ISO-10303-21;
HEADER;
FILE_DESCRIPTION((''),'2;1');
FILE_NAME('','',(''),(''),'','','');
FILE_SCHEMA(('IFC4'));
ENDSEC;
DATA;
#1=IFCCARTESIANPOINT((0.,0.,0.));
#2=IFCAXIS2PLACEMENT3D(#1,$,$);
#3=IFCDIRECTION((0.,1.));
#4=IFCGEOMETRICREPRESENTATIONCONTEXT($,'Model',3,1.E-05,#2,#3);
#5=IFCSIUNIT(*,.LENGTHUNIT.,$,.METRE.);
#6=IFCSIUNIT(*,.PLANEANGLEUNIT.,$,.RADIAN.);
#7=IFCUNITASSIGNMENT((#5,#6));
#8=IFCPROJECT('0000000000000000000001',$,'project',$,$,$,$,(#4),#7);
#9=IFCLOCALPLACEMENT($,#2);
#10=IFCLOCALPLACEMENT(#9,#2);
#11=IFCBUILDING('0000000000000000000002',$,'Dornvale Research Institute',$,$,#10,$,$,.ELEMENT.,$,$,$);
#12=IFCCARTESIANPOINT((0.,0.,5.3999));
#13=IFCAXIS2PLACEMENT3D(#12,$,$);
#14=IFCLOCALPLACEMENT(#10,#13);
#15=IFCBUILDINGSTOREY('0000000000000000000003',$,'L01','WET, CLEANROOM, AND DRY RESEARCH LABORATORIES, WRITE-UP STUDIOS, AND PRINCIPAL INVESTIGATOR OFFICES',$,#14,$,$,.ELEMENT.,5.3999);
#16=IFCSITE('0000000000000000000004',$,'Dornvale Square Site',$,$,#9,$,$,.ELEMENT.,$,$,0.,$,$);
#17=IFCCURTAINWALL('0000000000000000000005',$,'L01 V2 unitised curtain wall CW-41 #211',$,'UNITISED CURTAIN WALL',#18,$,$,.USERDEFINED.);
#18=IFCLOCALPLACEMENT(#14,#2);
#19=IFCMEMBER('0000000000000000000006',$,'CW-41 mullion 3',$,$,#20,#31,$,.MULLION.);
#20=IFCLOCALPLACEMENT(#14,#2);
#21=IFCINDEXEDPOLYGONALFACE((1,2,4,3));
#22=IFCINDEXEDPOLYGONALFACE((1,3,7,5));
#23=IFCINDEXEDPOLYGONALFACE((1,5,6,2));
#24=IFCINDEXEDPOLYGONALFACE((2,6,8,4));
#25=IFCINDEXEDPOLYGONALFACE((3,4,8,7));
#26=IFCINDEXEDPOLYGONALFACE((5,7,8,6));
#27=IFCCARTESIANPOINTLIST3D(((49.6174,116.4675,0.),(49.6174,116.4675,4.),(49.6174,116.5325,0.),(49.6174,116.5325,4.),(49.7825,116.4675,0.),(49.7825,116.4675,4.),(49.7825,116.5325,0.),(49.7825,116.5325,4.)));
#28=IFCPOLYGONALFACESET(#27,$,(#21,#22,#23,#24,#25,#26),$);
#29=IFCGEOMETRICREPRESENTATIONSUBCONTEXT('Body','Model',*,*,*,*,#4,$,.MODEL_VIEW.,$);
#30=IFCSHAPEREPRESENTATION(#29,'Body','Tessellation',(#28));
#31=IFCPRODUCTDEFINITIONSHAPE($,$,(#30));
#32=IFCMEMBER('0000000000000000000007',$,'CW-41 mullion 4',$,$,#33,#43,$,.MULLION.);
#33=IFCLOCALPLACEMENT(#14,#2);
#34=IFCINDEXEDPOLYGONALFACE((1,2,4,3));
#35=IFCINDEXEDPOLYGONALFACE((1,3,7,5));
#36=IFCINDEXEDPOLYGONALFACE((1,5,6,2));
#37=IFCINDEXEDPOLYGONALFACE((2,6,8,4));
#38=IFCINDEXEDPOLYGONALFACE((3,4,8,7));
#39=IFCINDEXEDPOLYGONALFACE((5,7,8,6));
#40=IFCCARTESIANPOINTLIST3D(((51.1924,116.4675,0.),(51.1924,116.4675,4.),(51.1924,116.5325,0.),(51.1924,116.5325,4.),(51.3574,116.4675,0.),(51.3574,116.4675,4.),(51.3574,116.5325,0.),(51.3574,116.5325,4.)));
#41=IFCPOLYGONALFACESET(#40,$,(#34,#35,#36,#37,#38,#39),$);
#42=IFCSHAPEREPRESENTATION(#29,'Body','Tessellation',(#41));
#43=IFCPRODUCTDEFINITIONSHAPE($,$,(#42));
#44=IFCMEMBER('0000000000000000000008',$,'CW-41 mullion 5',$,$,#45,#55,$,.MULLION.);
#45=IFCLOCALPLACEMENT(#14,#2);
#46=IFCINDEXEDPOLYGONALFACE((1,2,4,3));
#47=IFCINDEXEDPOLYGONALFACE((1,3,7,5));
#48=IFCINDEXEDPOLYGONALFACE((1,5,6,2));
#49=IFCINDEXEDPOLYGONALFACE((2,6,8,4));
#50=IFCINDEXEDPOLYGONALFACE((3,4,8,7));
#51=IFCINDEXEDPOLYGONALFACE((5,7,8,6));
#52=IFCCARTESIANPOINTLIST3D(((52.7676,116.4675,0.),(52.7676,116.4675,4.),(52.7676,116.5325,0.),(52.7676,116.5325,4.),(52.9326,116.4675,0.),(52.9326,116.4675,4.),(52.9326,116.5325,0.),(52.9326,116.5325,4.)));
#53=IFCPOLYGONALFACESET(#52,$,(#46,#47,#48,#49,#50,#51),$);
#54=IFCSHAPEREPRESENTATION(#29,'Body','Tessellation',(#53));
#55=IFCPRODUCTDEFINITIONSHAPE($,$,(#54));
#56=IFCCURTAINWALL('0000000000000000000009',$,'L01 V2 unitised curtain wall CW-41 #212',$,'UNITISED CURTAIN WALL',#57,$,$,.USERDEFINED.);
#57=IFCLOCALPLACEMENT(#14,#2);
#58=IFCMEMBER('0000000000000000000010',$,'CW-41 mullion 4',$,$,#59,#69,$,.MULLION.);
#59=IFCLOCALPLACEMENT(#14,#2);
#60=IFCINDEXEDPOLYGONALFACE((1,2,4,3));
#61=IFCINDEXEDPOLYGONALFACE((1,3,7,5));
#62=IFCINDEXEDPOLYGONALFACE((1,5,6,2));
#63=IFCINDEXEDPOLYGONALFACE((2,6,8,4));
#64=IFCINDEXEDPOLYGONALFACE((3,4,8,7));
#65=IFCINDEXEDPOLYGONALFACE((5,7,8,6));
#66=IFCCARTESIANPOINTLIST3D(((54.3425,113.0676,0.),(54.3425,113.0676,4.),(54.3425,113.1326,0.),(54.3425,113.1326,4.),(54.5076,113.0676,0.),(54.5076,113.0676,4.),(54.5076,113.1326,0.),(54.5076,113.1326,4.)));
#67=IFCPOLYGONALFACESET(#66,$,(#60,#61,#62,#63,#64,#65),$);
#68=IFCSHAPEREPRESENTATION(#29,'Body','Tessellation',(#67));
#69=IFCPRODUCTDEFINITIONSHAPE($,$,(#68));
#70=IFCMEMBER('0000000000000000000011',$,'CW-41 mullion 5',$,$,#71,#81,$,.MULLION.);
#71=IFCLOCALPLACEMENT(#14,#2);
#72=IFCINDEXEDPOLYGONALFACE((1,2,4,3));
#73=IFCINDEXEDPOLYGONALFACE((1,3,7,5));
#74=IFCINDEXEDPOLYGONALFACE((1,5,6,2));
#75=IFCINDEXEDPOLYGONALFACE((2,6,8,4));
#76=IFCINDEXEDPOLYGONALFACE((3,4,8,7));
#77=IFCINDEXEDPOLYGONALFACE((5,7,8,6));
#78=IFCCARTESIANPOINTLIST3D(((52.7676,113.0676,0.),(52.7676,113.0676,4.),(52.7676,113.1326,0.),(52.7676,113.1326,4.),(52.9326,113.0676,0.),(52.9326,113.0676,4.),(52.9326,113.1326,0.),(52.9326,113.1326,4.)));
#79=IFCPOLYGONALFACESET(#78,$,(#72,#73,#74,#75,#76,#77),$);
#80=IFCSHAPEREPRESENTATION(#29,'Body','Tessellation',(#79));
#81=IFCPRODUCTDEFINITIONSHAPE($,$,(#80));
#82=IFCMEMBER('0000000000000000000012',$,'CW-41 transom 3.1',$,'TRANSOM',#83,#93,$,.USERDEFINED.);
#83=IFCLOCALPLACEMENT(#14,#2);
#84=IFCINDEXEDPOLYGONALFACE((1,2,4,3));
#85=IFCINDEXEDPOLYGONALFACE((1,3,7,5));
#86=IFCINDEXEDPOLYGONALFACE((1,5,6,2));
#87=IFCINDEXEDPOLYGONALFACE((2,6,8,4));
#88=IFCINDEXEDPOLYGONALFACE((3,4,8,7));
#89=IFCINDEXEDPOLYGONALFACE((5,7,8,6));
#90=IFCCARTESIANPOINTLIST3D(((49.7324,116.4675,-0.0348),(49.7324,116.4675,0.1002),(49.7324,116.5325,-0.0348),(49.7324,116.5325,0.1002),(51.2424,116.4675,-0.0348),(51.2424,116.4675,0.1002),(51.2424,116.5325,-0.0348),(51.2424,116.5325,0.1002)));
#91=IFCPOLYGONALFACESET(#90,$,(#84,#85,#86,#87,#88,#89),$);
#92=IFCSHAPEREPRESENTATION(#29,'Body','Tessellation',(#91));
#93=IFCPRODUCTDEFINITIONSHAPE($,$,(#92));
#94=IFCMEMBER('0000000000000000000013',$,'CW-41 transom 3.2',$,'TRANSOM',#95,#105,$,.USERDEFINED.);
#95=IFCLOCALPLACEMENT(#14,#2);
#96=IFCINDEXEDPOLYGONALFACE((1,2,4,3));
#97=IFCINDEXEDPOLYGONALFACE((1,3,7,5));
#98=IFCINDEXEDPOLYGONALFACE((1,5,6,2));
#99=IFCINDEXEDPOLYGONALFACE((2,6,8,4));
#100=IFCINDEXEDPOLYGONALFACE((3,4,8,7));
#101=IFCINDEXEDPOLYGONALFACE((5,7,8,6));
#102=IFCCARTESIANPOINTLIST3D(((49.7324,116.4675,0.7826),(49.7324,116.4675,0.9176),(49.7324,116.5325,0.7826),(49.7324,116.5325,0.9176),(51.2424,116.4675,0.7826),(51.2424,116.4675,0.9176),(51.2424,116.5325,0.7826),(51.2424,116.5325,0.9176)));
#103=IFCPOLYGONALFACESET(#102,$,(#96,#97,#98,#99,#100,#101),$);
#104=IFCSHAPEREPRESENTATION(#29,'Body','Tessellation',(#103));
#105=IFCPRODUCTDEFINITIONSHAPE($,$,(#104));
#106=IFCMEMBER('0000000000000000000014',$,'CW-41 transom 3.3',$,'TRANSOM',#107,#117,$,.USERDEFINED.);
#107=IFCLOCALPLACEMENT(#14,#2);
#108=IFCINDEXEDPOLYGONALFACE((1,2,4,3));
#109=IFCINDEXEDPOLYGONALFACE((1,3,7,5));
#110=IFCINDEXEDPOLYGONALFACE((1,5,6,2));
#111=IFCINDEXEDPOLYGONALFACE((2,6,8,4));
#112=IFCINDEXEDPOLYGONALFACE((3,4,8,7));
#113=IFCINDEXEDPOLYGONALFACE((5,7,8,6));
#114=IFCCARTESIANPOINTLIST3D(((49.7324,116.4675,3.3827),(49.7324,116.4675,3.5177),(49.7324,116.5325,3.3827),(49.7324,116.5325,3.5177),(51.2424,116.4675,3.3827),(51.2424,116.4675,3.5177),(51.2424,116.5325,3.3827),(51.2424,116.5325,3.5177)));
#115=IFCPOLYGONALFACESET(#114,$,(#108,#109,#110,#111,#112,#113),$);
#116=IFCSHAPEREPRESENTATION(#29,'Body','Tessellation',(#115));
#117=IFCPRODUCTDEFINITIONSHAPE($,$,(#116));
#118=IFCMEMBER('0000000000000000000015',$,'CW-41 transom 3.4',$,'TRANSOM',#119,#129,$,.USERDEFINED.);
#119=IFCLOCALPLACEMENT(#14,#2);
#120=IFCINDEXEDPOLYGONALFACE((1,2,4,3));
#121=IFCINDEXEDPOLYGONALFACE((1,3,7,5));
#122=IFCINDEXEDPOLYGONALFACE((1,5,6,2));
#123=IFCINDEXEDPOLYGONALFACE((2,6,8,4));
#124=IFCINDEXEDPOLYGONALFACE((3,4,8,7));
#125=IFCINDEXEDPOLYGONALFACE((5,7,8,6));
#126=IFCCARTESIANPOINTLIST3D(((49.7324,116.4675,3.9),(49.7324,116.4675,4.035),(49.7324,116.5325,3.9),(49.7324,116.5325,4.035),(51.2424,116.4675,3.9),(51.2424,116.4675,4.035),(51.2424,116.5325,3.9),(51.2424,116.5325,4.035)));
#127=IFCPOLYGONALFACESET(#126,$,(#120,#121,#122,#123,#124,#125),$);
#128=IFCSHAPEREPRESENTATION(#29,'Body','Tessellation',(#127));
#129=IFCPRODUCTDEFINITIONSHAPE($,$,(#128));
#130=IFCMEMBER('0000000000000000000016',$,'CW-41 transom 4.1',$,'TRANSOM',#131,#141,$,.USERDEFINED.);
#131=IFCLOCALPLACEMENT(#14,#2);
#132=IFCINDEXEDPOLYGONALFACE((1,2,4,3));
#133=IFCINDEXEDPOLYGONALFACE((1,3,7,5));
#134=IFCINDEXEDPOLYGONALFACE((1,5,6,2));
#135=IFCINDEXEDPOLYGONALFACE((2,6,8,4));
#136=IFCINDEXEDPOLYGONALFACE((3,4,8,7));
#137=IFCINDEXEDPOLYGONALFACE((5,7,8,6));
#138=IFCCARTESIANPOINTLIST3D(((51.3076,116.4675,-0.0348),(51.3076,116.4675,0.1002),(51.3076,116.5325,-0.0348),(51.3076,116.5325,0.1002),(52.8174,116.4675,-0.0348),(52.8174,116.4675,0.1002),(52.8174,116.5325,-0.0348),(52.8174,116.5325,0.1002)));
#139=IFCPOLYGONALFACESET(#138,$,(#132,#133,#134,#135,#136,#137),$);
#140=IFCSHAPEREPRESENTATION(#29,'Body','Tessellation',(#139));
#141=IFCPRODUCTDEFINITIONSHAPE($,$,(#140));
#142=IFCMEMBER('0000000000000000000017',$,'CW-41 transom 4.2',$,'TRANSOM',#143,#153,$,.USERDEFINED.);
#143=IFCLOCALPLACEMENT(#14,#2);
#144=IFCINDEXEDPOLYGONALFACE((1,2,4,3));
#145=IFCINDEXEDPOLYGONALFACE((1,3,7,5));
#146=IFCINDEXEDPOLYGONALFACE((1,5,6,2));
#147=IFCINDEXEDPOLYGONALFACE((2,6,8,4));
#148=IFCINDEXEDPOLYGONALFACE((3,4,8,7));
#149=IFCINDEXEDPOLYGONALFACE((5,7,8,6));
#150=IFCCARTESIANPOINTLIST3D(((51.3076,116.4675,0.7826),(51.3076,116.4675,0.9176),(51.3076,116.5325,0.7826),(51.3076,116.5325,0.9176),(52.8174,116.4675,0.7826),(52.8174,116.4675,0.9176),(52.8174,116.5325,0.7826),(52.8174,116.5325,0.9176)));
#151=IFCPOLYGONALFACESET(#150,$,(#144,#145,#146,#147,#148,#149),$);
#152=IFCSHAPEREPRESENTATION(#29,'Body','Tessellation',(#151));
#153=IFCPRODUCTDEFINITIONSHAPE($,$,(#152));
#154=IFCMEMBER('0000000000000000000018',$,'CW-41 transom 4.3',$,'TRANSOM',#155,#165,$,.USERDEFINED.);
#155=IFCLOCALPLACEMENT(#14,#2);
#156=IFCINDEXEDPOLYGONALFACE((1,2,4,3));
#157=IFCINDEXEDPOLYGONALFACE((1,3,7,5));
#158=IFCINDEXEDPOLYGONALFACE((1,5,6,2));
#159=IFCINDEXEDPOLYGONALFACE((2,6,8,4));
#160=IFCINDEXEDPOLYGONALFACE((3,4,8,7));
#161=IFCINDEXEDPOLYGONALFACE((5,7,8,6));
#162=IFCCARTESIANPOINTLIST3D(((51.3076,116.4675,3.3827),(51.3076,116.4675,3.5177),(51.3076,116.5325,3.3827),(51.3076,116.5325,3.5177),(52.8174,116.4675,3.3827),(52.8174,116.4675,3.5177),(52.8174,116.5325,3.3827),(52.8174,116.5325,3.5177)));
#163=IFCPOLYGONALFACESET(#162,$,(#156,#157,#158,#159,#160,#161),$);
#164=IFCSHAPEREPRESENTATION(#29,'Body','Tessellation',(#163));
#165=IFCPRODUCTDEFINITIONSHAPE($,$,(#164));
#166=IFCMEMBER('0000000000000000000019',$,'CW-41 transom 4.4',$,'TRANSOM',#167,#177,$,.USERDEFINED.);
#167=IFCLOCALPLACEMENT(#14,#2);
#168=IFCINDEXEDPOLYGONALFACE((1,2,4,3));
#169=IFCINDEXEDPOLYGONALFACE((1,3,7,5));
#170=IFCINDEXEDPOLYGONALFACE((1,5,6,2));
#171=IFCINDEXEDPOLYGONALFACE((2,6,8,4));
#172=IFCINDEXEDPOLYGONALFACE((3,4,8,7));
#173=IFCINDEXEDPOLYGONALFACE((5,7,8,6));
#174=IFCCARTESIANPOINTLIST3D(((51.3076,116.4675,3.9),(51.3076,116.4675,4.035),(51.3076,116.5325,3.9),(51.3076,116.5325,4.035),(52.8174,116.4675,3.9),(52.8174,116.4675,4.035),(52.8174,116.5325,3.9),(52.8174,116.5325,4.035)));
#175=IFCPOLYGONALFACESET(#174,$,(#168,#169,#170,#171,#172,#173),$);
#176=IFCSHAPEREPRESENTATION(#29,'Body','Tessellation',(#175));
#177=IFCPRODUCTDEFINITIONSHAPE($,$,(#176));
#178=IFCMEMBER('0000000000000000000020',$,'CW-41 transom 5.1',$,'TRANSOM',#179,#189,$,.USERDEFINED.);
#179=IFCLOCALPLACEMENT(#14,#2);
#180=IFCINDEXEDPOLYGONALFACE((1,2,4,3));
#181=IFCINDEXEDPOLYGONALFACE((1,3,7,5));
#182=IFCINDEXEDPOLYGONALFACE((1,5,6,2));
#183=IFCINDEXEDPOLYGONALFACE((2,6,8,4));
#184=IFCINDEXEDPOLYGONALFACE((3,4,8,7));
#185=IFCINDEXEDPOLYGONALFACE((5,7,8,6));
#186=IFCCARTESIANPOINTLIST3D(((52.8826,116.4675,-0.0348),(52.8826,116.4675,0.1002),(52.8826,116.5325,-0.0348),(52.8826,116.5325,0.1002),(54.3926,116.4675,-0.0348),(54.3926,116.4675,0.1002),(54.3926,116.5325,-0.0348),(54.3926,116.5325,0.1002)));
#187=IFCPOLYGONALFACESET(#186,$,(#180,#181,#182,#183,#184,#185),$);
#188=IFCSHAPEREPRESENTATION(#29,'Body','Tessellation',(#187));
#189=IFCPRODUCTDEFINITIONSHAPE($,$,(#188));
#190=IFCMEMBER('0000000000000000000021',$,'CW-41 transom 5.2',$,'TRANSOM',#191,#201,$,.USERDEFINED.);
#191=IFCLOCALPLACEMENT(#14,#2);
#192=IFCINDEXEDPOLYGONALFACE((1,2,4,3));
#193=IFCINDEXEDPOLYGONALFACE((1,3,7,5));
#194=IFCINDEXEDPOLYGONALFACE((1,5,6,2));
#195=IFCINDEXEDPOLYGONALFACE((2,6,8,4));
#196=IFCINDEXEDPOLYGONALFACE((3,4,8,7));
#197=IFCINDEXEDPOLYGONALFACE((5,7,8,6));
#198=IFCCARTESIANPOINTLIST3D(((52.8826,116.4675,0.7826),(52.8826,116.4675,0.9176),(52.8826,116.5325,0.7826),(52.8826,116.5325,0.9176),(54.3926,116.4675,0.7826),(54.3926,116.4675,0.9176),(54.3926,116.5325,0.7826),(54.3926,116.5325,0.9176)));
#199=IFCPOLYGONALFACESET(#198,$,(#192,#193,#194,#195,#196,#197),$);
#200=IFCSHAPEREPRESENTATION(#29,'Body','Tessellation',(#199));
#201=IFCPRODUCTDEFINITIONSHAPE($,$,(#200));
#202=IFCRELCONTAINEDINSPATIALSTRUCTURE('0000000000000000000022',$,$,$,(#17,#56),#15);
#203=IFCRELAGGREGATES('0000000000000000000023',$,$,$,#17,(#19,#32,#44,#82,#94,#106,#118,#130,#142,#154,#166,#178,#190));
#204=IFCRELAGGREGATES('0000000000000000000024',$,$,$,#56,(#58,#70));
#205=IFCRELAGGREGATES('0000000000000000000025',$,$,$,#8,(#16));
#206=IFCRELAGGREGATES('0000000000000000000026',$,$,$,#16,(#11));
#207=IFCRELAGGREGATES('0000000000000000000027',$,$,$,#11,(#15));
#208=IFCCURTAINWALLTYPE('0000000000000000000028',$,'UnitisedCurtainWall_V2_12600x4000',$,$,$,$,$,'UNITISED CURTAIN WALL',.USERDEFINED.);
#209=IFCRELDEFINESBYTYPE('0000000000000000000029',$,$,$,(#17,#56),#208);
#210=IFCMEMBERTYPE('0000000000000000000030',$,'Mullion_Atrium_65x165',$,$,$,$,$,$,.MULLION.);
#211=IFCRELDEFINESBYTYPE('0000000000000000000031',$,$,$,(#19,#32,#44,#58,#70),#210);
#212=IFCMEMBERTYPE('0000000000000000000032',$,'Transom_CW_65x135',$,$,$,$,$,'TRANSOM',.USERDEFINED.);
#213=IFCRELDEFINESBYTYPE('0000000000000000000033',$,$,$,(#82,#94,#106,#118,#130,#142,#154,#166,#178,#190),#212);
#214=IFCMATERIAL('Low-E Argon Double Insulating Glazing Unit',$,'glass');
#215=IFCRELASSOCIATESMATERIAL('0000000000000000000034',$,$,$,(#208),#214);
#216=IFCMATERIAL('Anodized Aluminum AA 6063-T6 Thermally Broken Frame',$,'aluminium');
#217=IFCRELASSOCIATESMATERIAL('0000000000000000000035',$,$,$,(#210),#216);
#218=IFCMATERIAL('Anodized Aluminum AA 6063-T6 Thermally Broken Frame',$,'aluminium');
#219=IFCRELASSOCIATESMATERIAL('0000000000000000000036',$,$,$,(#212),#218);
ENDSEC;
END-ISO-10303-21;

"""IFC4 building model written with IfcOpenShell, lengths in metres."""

from ifc_helpers import new_model, si_unit, direction, frame, origin, origin_2d, place, context, subcontext, project, spatial, rectangle, extrude, material, material_profile, profile_set, type_object, element, aggregate, save


model = new_model("IFC4")

# Units and contexts
model_context = context("Model", 3, precision=1e-05, world=origin(), true_north=direction((0.0, 1.0)))
body_context = subcontext(model_context, "Body", "Model", "MODEL_VIEW")
ifc_project = project(units=[si_unit("LENGTHUNIT", "METRE"), si_unit("PLANEANGLEUNIT", "RADIAN")], contexts=[model_context])

# Site, building, storey
site_placement = place(None, origin())
site = spatial("IfcSite", under=ifc_project, at=site_placement, Name="Dornvale Square Site", CompositionType="ELEMENT", RefElevation=0.0)
building_placement = place(site_placement, origin())
building = spatial("IfcBuilding", under=site, at=building_placement, Name="Dornvale Research Institute", CompositionType="ELEMENT")
storey_placement = place(building_placement, frame((0.0, 0.0, 5.3999)))
storey = spatial("IfcBuildingStorey", under=building, at=storey_placement, Name="L01", Description="WET, CLEANROOM, AND DRY RESEARCH LABORATORIES, WRITE-UP STUDIOS, AND PRINCIPAL INVESTIGATOR OFFICES", CompositionType="ELEMENT", Elevation=5.3999)

# Curtain walls, members
ifc_material_1 = material(Name="Low-E Argon Double Insulating Glazing Unit", Category="glass")
curtain_wall_type = type_object("IfcCurtainWallType", Name="UnitisedCurtainWall_V2_12600x4000", ElementType="UNITISED CURTAIN WALL", PredefinedType="USERDEFINED", material=ifc_material_1)
curtain_wall_1_placement = place(storey_placement, origin())
curtain_wall_1 = element("IfcCurtainWall", 1, at=curtain_wall_1_placement, inside=storey, type_object=curtain_wall_type, Name="L01 V2 unitised curtain wall CW-41 #211", ObjectType="UNITISED CURTAIN WALL", PredefinedType="USERDEFINED")
ifc_material_2 = material(Name="Anodized Aluminum AA 6063-T6 Thermally Broken Frame", Category="aluminium")
ifc_material_profile_1 = material_profile(ifc_material_2, rectangle(XDim=0.0649, YDim=0.165, at=origin_2d()), Name="ALU MULLION 65x165")
ifc_profile_set_1 = profile_set([ifc_material_profile_1], Name="Anodized Aluminum AA 6063-T6 Thermally Broken Frame")
member_type_1 = type_object("IfcMemberType", Name="Mullion_Atrium_65x165", PredefinedType="MULLION", material=ifc_profile_set_1)
member_1_placement = place(storey_placement, frame((49.7, 116.5, 0.0), z_axis=(0.0, 0.0, 1.0), x_axis=(0.0, 1.0, 0.0)))
member_1 = element("IfcMember", 2, at=member_1_placement, type_object=member_type_1, Name="CW-41 mullion 3", PredefinedType="MULLION", context=body_context, shape_type="SweptSolid", body=[
    extrude(rectangle(XDim=0.0649, YDim=0.165, at=origin_2d()), origin(), (0.0, 0.0, 1.0), 4.0),
])
member_2_placement = place(storey_placement, frame((51.2749, 116.5, 0.0), z_axis=(0.0, 0.0, 1.0), x_axis=(0.0, 1.0, 0.0)))
member_2 = element("IfcMember", 3, at=member_2_placement, type_object=member_type_1, Name="CW-41 mullion 4", PredefinedType="MULLION", context=body_context, shape_type="SweptSolid", body=[
    extrude(rectangle(XDim=0.0649, YDim=0.165, at=origin_2d()), origin(), (0.0, 0.0, 1.0), 4.0),
])
member_3_placement = place(storey_placement, frame((52.8501, 116.5, 0.0), z_axis=(0.0, 0.0, 1.0), x_axis=(0.0, 1.0, 0.0)))
member_3 = element("IfcMember", 4, at=member_3_placement, type_object=member_type_1, Name="CW-41 mullion 5", PredefinedType="MULLION", context=body_context, shape_type="SweptSolid", body=[
    extrude(rectangle(XDim=0.0649, YDim=0.165, at=origin_2d()), origin(), (0.0, 0.0, 1.0), 4.0),
])
curtain_wall_2_placement = place(storey_placement, origin())
curtain_wall_2 = element("IfcCurtainWall", 5, at=curtain_wall_2_placement, inside=storey, type_object=curtain_wall_type, Name="L01 V2 unitised curtain wall CW-41 #212", ObjectType="UNITISED CURTAIN WALL", PredefinedType="USERDEFINED")
member_4_placement = place(storey_placement, frame((54.425, 113.1001, 0.0), z_axis=(0.0, 0.0, 1.0), x_axis=(0.0, -1.0, 0.0)))
member_4 = element("IfcMember", 6, at=member_4_placement, type_object=member_type_1, Name="CW-41 mullion 4", PredefinedType="MULLION", context=body_context, shape_type="SweptSolid", body=[
    extrude(rectangle(XDim=0.0649, YDim=0.165, at=origin_2d()), origin(), (0.0, 0.0, 1.0), 4.0),
])
member_5_placement = place(storey_placement, frame((52.8501, 113.1001, 0.0), z_axis=(0.0, 0.0, 1.0), x_axis=(0.0, -1.0, 0.0)))
member_5 = element("IfcMember", 7, at=member_5_placement, type_object=member_type_1, Name="CW-41 mullion 5", PredefinedType="MULLION", context=body_context, shape_type="SweptSolid", body=[
    extrude(rectangle(XDim=0.0649, YDim=0.165, at=origin_2d()), origin(), (0.0, 0.0, 1.0), 4.0),
])

# Members
ifc_material_3 = material(Name="Anodized Aluminum AA 6063-T6 Thermally Broken Frame", Category="aluminium")
ifc_material_profile_2 = material_profile(ifc_material_3, rectangle(XDim=0.0649, YDim=0.135, at=origin_2d()), Name="ALU TRANSOM 65x135")
ifc_profile_set_2 = profile_set([ifc_material_profile_2], Name="Anodized Aluminum AA 6063-T6 Thermally Broken Frame")
member_type_2 = type_object("IfcMemberType", Name="Transom_CW_65x135", ElementType="TRANSOM", PredefinedType="USERDEFINED", material=ifc_profile_set_2)
member_6_placement = place(storey_placement, frame((49.7324, 116.5, 0.0327), z_axis=(1.0, 0.0, 0.0), x_axis=(0.0, 1.0, 0.0)))
member_6 = element("IfcMember", 8, at=member_6_placement, type_object=member_type_2, Name="CW-41 transom 3.1", ObjectType="TRANSOM", PredefinedType="USERDEFINED", context=body_context, shape_type="SweptSolid", body=[
    extrude(rectangle(XDim=0.0649, YDim=0.135, at=origin_2d()), origin(), (0.0, 0.0, 1.0), 1.51),
])
member_7_placement = place(storey_placement, frame((49.7324, 116.5, 0.8501), z_axis=(1.0, 0.0, 0.0), x_axis=(0.0, 1.0, 0.0)))
member_7 = element("IfcMember", 9, at=member_7_placement, type_object=member_type_2, Name="CW-41 transom 3.2", ObjectType="TRANSOM", PredefinedType="USERDEFINED", context=body_context, shape_type="SweptSolid", body=[
    extrude(rectangle(XDim=0.0649, YDim=0.135, at=origin_2d()), origin(), (0.0, 0.0, 1.0), 1.51),
])
member_8_placement = place(storey_placement, frame((49.7324, 116.5, 3.4502), z_axis=(1.0, 0.0, 0.0), x_axis=(0.0, 1.0, 0.0)))
member_8 = element("IfcMember", 10, at=member_8_placement, type_object=member_type_2, Name="CW-41 transom 3.3", ObjectType="TRANSOM", PredefinedType="USERDEFINED", context=body_context, shape_type="SweptSolid", body=[
    extrude(rectangle(XDim=0.0649, YDim=0.135, at=origin_2d()), origin(), (0.0, 0.0, 1.0), 1.51),
])
member_9_placement = place(storey_placement, frame((49.7324, 116.5, 3.9675), z_axis=(1.0, 0.0, 0.0), x_axis=(0.0, 1.0, 0.0)))
member_9 = element("IfcMember", 11, at=member_9_placement, type_object=member_type_2, Name="CW-41 transom 3.4", ObjectType="TRANSOM", PredefinedType="USERDEFINED", context=body_context, shape_type="SweptSolid", body=[
    extrude(rectangle(XDim=0.0649, YDim=0.135, at=origin_2d()), origin(), (0.0, 0.0, 1.0), 1.51),
])
member_10_placement = place(storey_placement, frame((51.3076, 116.5, 0.0327), z_axis=(1.0, 0.0, 0.0), x_axis=(0.0, 1.0, 0.0)))
member_10 = element("IfcMember", 12, at=member_10_placement, type_object=member_type_2, Name="CW-41 transom 4.1", ObjectType="TRANSOM", PredefinedType="USERDEFINED", context=body_context, shape_type="SweptSolid", body=[
    extrude(rectangle(XDim=0.0649, YDim=0.135, at=origin_2d()), origin(), (0.0, 0.0, 1.0), 1.5098),
])
member_11_placement = place(storey_placement, frame((51.3076, 116.5, 0.8501), z_axis=(1.0, 0.0, 0.0), x_axis=(0.0, 1.0, 0.0)))
member_11 = element("IfcMember", 13, at=member_11_placement, type_object=member_type_2, Name="CW-41 transom 4.2", ObjectType="TRANSOM", PredefinedType="USERDEFINED", context=body_context, shape_type="SweptSolid", body=[
    extrude(rectangle(XDim=0.0649, YDim=0.135, at=origin_2d()), origin(), (0.0, 0.0, 1.0), 1.5098),
])
member_12_placement = place(storey_placement, frame((51.3076, 116.5, 3.4502), z_axis=(1.0, 0.0, 0.0), x_axis=(0.0, 1.0, 0.0)))
member_12 = element("IfcMember", 14, at=member_12_placement, type_object=member_type_2, Name="CW-41 transom 4.3", ObjectType="TRANSOM", PredefinedType="USERDEFINED", context=body_context, shape_type="SweptSolid", body=[
    extrude(rectangle(XDim=0.0649, YDim=0.135, at=origin_2d()), origin(), (0.0, 0.0, 1.0), 1.5098),
])
member_13_placement = place(storey_placement, frame((51.3076, 116.5, 3.9675), z_axis=(1.0, 0.0, 0.0), x_axis=(0.0, 1.0, 0.0)))
member_13 = element("IfcMember", 15, at=member_13_placement, type_object=member_type_2, Name="CW-41 transom 4.4", ObjectType="TRANSOM", PredefinedType="USERDEFINED", context=body_context, shape_type="SweptSolid", body=[
    extrude(rectangle(XDim=0.0649, YDim=0.135, at=origin_2d()), origin(), (0.0, 0.0, 1.0), 1.5098),
])
member_14_placement = place(storey_placement, frame((52.8826, 116.5, 0.0327), z_axis=(1.0, 0.0, 0.0), x_axis=(0.0, 1.0, 0.0)))
member_14 = element("IfcMember", 16, at=member_14_placement, type_object=member_type_2, Name="CW-41 transom 5.1", ObjectType="TRANSOM", PredefinedType="USERDEFINED", context=body_context, shape_type="SweptSolid", body=[
    extrude(rectangle(XDim=0.0649, YDim=0.135, at=origin_2d()), origin(), (0.0, 0.0, 1.0), 1.51),
])
member_15_placement = place(storey_placement, frame((52.8826, 116.5, 0.8501), z_axis=(1.0, 0.0, 0.0), x_axis=(0.0, 1.0, 0.0)))
member_15 = element("IfcMember", 17, at=member_15_placement, type_object=member_type_2, Name="CW-41 transom 5.2", ObjectType="TRANSOM", PredefinedType="USERDEFINED", context=body_context, shape_type="SweptSolid", body=[
    extrude(rectangle(XDim=0.0649, YDim=0.135, at=origin_2d()), origin(), (0.0, 0.0, 1.0), 1.51),
])

aggregate(curtain_wall_1, [member_1, member_2, member_3, member_6, member_7, member_8, member_9, member_10, member_11, member_12, member_13, member_14, member_15])
aggregate(curtain_wall_2, [member_4, member_5])

save(model, "model.ifc")
